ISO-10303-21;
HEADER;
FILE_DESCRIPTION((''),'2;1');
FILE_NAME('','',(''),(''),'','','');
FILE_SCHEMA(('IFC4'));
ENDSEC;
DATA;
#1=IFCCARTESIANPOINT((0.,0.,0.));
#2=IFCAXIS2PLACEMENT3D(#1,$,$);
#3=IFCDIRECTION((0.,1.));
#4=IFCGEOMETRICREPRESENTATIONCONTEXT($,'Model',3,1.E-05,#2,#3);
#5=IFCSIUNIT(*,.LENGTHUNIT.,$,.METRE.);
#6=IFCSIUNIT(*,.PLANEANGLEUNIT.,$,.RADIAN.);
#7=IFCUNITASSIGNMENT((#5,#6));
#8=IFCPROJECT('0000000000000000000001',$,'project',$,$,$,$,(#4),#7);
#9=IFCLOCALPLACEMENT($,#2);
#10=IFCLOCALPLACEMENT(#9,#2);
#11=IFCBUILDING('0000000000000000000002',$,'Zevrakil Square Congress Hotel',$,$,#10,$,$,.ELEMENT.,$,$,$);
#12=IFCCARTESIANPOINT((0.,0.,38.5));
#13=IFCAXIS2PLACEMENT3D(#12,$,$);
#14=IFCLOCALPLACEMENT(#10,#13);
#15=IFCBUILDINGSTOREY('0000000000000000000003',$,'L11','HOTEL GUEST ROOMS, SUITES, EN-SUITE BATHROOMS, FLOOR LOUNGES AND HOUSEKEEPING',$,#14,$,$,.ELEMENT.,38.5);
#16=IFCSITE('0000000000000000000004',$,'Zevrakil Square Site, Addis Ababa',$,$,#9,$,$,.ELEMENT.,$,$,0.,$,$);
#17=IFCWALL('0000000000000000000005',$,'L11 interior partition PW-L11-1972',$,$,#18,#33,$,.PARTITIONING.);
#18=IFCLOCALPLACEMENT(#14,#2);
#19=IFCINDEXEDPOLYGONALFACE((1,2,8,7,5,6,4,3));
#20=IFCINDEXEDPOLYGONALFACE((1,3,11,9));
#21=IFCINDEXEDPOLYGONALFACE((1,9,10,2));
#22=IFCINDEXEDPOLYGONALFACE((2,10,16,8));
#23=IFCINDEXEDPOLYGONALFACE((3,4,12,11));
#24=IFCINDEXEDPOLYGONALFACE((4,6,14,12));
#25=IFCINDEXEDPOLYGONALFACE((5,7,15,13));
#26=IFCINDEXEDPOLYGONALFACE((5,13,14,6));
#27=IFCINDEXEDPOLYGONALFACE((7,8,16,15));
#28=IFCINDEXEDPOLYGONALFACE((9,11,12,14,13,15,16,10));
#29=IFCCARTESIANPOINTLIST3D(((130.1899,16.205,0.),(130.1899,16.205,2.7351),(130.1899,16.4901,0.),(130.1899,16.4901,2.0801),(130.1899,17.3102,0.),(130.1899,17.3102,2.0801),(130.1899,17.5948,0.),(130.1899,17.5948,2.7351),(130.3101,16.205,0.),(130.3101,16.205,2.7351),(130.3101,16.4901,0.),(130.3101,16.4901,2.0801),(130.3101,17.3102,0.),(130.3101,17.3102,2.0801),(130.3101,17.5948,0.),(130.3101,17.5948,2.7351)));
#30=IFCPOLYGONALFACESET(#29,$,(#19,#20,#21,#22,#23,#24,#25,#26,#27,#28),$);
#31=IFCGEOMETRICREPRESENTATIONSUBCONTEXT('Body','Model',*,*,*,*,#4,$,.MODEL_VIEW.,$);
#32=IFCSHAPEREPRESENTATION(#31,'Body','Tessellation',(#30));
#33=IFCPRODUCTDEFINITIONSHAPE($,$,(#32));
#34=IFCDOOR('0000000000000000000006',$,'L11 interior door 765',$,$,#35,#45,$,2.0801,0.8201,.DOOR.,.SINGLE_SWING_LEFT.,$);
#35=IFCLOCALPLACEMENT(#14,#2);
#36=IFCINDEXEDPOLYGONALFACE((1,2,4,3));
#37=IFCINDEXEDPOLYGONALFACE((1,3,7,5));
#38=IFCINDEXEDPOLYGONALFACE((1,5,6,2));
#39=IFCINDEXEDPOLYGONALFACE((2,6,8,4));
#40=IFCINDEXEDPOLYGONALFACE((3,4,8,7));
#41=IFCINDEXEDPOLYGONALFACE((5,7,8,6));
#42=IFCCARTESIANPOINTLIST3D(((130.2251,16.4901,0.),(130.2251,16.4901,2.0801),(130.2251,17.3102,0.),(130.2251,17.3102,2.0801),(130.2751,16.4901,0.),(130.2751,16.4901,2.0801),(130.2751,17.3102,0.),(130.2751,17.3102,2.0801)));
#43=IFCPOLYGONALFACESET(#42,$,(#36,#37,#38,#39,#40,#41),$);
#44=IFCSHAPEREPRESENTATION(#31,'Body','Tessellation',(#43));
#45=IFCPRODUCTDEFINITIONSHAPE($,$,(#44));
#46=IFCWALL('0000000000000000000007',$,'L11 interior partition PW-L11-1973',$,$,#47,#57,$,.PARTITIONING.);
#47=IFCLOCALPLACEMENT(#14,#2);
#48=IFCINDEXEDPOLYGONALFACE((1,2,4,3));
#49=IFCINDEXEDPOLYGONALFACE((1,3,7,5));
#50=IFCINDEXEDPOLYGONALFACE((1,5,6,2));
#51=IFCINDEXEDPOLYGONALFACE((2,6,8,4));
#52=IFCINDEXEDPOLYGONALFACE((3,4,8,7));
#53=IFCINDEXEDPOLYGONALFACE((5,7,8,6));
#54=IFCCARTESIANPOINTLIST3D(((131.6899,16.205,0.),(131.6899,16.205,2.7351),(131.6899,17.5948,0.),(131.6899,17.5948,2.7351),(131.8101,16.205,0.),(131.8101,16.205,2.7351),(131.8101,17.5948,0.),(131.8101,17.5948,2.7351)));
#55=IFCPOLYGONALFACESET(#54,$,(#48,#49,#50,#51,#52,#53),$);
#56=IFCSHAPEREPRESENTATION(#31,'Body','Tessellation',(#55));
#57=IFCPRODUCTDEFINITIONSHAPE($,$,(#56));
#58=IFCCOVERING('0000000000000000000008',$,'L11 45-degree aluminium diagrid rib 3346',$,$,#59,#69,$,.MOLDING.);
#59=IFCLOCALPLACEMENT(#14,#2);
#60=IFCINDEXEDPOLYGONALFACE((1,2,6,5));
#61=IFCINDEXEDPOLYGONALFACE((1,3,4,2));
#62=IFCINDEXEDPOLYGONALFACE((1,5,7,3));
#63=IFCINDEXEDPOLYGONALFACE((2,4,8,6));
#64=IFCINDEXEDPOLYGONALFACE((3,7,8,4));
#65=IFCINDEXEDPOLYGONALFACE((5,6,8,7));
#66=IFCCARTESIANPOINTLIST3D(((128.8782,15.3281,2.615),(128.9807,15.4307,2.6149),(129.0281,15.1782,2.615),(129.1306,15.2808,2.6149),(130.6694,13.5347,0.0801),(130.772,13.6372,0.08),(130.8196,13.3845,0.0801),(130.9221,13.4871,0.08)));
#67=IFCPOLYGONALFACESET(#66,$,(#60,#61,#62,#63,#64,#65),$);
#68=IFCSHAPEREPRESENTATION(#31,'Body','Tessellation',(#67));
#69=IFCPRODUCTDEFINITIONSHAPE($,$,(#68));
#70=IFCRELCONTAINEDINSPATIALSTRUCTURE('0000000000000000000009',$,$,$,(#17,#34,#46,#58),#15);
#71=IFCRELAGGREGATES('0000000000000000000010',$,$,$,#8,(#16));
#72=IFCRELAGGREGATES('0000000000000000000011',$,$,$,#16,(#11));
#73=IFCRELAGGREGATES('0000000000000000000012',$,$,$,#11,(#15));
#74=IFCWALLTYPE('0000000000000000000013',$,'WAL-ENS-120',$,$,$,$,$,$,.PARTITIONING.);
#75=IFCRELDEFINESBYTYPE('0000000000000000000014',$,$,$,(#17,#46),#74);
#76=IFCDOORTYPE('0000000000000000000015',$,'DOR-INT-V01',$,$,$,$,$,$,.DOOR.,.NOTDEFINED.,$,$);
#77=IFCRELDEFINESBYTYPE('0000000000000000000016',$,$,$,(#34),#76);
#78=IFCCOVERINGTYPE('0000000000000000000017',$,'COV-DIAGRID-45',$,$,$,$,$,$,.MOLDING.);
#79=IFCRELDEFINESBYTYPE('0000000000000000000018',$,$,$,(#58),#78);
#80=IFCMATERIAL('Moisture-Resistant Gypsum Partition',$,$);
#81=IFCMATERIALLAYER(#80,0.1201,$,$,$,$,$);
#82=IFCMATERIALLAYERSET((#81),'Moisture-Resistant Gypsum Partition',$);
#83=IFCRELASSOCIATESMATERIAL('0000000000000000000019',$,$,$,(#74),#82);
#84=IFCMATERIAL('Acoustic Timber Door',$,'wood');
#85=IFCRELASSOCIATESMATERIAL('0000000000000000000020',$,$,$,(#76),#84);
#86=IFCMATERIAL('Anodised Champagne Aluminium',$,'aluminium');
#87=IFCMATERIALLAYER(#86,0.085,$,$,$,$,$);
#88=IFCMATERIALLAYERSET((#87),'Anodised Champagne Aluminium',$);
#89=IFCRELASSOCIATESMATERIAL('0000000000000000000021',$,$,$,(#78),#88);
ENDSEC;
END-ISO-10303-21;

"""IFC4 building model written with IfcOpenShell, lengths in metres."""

from ifc_helpers import new_model, si_unit, direction, frame, frame_2d, origin, place, context, subcontext, project, spatial, polyline, rectangle, outline, extrude, material, layer, layer_set, type_object, element, fill, save


model = new_model("IFC4")

# Units and contexts
model_context = context("Model", 3, precision=1e-05, world=origin(), true_north=direction((0.0, 1.0)))
body_context = subcontext(model_context, "Body", "Model", "MODEL_VIEW")
ifc_project = project(units=[si_unit("LENGTHUNIT", "METRE"), si_unit("PLANEANGLEUNIT", "RADIAN")], contexts=[model_context])

# Site, building, storey
site_placement = place(None, origin())
site = spatial("IfcSite", under=ifc_project, at=site_placement, Name="Zevrakil Square Site, Addis Ababa", CompositionType="ELEMENT", RefElevation=0.0)
building_placement = place(site_placement, origin())
building = spatial("IfcBuilding", under=site, at=building_placement, Name="Zevrakil Square Congress Hotel", CompositionType="ELEMENT")
storey_placement = place(building_placement, frame((0.0, 0.0, 38.5)))
storey = spatial("IfcBuildingStorey", under=building, at=storey_placement, Name="L11", Description="HOTEL GUEST ROOMS, SUITES, EN-SUITE BATHROOMS, FLOOR LOUNGES AND HOUSEKEEPING", CompositionType="ELEMENT", Elevation=38.5)

# Shared definitions
ifc_material_1 = material(Name="Moisture-Resistant Gypsum Partition")
ifc_layer_1 = layer(ifc_material_1, 0.1201)
ifc_layer_set_1 = layer_set([ifc_layer_1], Name="Moisture-Resistant Gypsum Partition")
wall_type_1 = type_object("IfcWallType", Name="WAL-ENS-120", PredefinedType="PARTITIONING", material=ifc_layer_set_1)

# Shared definitions
ifc_material_2 = material(Name="Acoustic Timber Door", Category="wood")
door_type_1 = type_object("IfcDoorType", Name="DOR-INT-V01", OperationType="NOTDEFINED", PredefinedType="DOOR", material=ifc_material_2)

# Wall, opening, door
wall_1_placement = place(storey_placement, frame((130.25, 16.2051, 0.0), z_axis=(0.0, 0.0, 1.0), x_axis=(0.0, 1.0, 0.0)))
wall_1 = element("IfcWall", 1, at=wall_1_placement, inside=storey, type_object=wall_type_1, Name="L11 interior partition PW-L11-1972", PredefinedType="PARTITIONING", context=body_context, shape_type="SweptSolid", body=[
    extrude(rectangle(XDim=1.3899, YDim=0.1201, at=frame_2d((0.6948, 0.0))), origin(), (0.0, 0.0, 1.0), 2.7351),
])
opening_1_placement = place(wall_1_placement, frame((0.2849, 0.0, 0.0)))
opening_1 = element("IfcOpeningElement", 2, at=opening_1_placement, cuts=wall_1, PredefinedType="OPENING", context=body_context, shape_type="SweptSolid", body=[
    extrude(rectangle(XDim=0.8201, YDim=2.0801, at=frame_2d((0.4102, 1.04))), frame((0.0, 0.0701, 0.0), z_axis=(0.0, -1.0, 0.0), x_axis=(1.0, 0.0, 0.0)), (0.0, 0.0, 1.0), 0.1401),
])
door_1_placement = place(opening_1_placement, origin())
door_1 = element("IfcDoor", 3, at=door_1_placement, inside=storey, type_object=door_type_1, Name="L11 interior door 765", OperationType="SINGLE_SWING_LEFT", OverallHeight=2.0801, OverallWidth=0.8201, PredefinedType="DOOR", context=body_context, shape_type="SweptSolid", body=[
    extrude(rectangle(XDim=0.8201, YDim=2.0801, at=frame_2d((0.4102, 1.04))), frame((0.0, 0.0249, 0.0), z_axis=(0.0, -1.0, 0.0), x_axis=(1.0, 0.0, 0.0)), (0.0, 0.0, 1.0), 0.05),
])
fill(opening_1, door_1)

# Wall
wall_2_placement = place(storey_placement, frame((131.75, 16.2051, 0.0), z_axis=(0.0, 0.0, 1.0), x_axis=(0.0, 1.0, 0.0)))
element("IfcWall", 4, at=wall_2_placement, inside=storey, type_object=wall_type_1, Name="L11 interior partition PW-L11-1973", PredefinedType="PARTITIONING", context=body_context, shape_type="SweptSolid", body=[
    extrude(rectangle(XDim=1.3899, YDim=0.1201, at=frame_2d((0.6948, 0.0))), origin(), (0.0, 0.0, 1.0), 2.7351),
])

# Covering
ifc_material_3 = material(Name="Anodised Champagne Aluminium", Category="aluminium")
ifc_layer_2 = layer(ifc_material_3, 0.085)
ifc_layer_set_2 = layer_set([ifc_layer_2], Name="Anodised Champagne Aluminium")
covering_type = type_object("IfcCoveringType", Name="COV-DIAGRID-45", PredefinedType="MOLDING", material=ifc_layer_set_2)
covering_placement = place(storey_placement, frame((128.8782, 15.3281, 2.615), z_axis=(-0.707107, -0.707107, 0.000613), x_axis=(0.707107, -0.707107, 0.0)))
element("IfcCovering", 5, at=covering_placement, inside=storey, type_object=covering_type, Name="L11 45-degree aluminium diagrid rib 3346", PredefinedType="MOLDING", context=body_context, shape_type="SweptSolid", body=[
    extrude(outline(polyline([(0.0, 0.0), (0.212, 0.0), (2.7471, -2.5349), (2.5348, -2.5349), (0.0, 0.0)])), origin(), (0.0, 0.0, -1.0), 0.145),
])

save(model, "model.ifc")
